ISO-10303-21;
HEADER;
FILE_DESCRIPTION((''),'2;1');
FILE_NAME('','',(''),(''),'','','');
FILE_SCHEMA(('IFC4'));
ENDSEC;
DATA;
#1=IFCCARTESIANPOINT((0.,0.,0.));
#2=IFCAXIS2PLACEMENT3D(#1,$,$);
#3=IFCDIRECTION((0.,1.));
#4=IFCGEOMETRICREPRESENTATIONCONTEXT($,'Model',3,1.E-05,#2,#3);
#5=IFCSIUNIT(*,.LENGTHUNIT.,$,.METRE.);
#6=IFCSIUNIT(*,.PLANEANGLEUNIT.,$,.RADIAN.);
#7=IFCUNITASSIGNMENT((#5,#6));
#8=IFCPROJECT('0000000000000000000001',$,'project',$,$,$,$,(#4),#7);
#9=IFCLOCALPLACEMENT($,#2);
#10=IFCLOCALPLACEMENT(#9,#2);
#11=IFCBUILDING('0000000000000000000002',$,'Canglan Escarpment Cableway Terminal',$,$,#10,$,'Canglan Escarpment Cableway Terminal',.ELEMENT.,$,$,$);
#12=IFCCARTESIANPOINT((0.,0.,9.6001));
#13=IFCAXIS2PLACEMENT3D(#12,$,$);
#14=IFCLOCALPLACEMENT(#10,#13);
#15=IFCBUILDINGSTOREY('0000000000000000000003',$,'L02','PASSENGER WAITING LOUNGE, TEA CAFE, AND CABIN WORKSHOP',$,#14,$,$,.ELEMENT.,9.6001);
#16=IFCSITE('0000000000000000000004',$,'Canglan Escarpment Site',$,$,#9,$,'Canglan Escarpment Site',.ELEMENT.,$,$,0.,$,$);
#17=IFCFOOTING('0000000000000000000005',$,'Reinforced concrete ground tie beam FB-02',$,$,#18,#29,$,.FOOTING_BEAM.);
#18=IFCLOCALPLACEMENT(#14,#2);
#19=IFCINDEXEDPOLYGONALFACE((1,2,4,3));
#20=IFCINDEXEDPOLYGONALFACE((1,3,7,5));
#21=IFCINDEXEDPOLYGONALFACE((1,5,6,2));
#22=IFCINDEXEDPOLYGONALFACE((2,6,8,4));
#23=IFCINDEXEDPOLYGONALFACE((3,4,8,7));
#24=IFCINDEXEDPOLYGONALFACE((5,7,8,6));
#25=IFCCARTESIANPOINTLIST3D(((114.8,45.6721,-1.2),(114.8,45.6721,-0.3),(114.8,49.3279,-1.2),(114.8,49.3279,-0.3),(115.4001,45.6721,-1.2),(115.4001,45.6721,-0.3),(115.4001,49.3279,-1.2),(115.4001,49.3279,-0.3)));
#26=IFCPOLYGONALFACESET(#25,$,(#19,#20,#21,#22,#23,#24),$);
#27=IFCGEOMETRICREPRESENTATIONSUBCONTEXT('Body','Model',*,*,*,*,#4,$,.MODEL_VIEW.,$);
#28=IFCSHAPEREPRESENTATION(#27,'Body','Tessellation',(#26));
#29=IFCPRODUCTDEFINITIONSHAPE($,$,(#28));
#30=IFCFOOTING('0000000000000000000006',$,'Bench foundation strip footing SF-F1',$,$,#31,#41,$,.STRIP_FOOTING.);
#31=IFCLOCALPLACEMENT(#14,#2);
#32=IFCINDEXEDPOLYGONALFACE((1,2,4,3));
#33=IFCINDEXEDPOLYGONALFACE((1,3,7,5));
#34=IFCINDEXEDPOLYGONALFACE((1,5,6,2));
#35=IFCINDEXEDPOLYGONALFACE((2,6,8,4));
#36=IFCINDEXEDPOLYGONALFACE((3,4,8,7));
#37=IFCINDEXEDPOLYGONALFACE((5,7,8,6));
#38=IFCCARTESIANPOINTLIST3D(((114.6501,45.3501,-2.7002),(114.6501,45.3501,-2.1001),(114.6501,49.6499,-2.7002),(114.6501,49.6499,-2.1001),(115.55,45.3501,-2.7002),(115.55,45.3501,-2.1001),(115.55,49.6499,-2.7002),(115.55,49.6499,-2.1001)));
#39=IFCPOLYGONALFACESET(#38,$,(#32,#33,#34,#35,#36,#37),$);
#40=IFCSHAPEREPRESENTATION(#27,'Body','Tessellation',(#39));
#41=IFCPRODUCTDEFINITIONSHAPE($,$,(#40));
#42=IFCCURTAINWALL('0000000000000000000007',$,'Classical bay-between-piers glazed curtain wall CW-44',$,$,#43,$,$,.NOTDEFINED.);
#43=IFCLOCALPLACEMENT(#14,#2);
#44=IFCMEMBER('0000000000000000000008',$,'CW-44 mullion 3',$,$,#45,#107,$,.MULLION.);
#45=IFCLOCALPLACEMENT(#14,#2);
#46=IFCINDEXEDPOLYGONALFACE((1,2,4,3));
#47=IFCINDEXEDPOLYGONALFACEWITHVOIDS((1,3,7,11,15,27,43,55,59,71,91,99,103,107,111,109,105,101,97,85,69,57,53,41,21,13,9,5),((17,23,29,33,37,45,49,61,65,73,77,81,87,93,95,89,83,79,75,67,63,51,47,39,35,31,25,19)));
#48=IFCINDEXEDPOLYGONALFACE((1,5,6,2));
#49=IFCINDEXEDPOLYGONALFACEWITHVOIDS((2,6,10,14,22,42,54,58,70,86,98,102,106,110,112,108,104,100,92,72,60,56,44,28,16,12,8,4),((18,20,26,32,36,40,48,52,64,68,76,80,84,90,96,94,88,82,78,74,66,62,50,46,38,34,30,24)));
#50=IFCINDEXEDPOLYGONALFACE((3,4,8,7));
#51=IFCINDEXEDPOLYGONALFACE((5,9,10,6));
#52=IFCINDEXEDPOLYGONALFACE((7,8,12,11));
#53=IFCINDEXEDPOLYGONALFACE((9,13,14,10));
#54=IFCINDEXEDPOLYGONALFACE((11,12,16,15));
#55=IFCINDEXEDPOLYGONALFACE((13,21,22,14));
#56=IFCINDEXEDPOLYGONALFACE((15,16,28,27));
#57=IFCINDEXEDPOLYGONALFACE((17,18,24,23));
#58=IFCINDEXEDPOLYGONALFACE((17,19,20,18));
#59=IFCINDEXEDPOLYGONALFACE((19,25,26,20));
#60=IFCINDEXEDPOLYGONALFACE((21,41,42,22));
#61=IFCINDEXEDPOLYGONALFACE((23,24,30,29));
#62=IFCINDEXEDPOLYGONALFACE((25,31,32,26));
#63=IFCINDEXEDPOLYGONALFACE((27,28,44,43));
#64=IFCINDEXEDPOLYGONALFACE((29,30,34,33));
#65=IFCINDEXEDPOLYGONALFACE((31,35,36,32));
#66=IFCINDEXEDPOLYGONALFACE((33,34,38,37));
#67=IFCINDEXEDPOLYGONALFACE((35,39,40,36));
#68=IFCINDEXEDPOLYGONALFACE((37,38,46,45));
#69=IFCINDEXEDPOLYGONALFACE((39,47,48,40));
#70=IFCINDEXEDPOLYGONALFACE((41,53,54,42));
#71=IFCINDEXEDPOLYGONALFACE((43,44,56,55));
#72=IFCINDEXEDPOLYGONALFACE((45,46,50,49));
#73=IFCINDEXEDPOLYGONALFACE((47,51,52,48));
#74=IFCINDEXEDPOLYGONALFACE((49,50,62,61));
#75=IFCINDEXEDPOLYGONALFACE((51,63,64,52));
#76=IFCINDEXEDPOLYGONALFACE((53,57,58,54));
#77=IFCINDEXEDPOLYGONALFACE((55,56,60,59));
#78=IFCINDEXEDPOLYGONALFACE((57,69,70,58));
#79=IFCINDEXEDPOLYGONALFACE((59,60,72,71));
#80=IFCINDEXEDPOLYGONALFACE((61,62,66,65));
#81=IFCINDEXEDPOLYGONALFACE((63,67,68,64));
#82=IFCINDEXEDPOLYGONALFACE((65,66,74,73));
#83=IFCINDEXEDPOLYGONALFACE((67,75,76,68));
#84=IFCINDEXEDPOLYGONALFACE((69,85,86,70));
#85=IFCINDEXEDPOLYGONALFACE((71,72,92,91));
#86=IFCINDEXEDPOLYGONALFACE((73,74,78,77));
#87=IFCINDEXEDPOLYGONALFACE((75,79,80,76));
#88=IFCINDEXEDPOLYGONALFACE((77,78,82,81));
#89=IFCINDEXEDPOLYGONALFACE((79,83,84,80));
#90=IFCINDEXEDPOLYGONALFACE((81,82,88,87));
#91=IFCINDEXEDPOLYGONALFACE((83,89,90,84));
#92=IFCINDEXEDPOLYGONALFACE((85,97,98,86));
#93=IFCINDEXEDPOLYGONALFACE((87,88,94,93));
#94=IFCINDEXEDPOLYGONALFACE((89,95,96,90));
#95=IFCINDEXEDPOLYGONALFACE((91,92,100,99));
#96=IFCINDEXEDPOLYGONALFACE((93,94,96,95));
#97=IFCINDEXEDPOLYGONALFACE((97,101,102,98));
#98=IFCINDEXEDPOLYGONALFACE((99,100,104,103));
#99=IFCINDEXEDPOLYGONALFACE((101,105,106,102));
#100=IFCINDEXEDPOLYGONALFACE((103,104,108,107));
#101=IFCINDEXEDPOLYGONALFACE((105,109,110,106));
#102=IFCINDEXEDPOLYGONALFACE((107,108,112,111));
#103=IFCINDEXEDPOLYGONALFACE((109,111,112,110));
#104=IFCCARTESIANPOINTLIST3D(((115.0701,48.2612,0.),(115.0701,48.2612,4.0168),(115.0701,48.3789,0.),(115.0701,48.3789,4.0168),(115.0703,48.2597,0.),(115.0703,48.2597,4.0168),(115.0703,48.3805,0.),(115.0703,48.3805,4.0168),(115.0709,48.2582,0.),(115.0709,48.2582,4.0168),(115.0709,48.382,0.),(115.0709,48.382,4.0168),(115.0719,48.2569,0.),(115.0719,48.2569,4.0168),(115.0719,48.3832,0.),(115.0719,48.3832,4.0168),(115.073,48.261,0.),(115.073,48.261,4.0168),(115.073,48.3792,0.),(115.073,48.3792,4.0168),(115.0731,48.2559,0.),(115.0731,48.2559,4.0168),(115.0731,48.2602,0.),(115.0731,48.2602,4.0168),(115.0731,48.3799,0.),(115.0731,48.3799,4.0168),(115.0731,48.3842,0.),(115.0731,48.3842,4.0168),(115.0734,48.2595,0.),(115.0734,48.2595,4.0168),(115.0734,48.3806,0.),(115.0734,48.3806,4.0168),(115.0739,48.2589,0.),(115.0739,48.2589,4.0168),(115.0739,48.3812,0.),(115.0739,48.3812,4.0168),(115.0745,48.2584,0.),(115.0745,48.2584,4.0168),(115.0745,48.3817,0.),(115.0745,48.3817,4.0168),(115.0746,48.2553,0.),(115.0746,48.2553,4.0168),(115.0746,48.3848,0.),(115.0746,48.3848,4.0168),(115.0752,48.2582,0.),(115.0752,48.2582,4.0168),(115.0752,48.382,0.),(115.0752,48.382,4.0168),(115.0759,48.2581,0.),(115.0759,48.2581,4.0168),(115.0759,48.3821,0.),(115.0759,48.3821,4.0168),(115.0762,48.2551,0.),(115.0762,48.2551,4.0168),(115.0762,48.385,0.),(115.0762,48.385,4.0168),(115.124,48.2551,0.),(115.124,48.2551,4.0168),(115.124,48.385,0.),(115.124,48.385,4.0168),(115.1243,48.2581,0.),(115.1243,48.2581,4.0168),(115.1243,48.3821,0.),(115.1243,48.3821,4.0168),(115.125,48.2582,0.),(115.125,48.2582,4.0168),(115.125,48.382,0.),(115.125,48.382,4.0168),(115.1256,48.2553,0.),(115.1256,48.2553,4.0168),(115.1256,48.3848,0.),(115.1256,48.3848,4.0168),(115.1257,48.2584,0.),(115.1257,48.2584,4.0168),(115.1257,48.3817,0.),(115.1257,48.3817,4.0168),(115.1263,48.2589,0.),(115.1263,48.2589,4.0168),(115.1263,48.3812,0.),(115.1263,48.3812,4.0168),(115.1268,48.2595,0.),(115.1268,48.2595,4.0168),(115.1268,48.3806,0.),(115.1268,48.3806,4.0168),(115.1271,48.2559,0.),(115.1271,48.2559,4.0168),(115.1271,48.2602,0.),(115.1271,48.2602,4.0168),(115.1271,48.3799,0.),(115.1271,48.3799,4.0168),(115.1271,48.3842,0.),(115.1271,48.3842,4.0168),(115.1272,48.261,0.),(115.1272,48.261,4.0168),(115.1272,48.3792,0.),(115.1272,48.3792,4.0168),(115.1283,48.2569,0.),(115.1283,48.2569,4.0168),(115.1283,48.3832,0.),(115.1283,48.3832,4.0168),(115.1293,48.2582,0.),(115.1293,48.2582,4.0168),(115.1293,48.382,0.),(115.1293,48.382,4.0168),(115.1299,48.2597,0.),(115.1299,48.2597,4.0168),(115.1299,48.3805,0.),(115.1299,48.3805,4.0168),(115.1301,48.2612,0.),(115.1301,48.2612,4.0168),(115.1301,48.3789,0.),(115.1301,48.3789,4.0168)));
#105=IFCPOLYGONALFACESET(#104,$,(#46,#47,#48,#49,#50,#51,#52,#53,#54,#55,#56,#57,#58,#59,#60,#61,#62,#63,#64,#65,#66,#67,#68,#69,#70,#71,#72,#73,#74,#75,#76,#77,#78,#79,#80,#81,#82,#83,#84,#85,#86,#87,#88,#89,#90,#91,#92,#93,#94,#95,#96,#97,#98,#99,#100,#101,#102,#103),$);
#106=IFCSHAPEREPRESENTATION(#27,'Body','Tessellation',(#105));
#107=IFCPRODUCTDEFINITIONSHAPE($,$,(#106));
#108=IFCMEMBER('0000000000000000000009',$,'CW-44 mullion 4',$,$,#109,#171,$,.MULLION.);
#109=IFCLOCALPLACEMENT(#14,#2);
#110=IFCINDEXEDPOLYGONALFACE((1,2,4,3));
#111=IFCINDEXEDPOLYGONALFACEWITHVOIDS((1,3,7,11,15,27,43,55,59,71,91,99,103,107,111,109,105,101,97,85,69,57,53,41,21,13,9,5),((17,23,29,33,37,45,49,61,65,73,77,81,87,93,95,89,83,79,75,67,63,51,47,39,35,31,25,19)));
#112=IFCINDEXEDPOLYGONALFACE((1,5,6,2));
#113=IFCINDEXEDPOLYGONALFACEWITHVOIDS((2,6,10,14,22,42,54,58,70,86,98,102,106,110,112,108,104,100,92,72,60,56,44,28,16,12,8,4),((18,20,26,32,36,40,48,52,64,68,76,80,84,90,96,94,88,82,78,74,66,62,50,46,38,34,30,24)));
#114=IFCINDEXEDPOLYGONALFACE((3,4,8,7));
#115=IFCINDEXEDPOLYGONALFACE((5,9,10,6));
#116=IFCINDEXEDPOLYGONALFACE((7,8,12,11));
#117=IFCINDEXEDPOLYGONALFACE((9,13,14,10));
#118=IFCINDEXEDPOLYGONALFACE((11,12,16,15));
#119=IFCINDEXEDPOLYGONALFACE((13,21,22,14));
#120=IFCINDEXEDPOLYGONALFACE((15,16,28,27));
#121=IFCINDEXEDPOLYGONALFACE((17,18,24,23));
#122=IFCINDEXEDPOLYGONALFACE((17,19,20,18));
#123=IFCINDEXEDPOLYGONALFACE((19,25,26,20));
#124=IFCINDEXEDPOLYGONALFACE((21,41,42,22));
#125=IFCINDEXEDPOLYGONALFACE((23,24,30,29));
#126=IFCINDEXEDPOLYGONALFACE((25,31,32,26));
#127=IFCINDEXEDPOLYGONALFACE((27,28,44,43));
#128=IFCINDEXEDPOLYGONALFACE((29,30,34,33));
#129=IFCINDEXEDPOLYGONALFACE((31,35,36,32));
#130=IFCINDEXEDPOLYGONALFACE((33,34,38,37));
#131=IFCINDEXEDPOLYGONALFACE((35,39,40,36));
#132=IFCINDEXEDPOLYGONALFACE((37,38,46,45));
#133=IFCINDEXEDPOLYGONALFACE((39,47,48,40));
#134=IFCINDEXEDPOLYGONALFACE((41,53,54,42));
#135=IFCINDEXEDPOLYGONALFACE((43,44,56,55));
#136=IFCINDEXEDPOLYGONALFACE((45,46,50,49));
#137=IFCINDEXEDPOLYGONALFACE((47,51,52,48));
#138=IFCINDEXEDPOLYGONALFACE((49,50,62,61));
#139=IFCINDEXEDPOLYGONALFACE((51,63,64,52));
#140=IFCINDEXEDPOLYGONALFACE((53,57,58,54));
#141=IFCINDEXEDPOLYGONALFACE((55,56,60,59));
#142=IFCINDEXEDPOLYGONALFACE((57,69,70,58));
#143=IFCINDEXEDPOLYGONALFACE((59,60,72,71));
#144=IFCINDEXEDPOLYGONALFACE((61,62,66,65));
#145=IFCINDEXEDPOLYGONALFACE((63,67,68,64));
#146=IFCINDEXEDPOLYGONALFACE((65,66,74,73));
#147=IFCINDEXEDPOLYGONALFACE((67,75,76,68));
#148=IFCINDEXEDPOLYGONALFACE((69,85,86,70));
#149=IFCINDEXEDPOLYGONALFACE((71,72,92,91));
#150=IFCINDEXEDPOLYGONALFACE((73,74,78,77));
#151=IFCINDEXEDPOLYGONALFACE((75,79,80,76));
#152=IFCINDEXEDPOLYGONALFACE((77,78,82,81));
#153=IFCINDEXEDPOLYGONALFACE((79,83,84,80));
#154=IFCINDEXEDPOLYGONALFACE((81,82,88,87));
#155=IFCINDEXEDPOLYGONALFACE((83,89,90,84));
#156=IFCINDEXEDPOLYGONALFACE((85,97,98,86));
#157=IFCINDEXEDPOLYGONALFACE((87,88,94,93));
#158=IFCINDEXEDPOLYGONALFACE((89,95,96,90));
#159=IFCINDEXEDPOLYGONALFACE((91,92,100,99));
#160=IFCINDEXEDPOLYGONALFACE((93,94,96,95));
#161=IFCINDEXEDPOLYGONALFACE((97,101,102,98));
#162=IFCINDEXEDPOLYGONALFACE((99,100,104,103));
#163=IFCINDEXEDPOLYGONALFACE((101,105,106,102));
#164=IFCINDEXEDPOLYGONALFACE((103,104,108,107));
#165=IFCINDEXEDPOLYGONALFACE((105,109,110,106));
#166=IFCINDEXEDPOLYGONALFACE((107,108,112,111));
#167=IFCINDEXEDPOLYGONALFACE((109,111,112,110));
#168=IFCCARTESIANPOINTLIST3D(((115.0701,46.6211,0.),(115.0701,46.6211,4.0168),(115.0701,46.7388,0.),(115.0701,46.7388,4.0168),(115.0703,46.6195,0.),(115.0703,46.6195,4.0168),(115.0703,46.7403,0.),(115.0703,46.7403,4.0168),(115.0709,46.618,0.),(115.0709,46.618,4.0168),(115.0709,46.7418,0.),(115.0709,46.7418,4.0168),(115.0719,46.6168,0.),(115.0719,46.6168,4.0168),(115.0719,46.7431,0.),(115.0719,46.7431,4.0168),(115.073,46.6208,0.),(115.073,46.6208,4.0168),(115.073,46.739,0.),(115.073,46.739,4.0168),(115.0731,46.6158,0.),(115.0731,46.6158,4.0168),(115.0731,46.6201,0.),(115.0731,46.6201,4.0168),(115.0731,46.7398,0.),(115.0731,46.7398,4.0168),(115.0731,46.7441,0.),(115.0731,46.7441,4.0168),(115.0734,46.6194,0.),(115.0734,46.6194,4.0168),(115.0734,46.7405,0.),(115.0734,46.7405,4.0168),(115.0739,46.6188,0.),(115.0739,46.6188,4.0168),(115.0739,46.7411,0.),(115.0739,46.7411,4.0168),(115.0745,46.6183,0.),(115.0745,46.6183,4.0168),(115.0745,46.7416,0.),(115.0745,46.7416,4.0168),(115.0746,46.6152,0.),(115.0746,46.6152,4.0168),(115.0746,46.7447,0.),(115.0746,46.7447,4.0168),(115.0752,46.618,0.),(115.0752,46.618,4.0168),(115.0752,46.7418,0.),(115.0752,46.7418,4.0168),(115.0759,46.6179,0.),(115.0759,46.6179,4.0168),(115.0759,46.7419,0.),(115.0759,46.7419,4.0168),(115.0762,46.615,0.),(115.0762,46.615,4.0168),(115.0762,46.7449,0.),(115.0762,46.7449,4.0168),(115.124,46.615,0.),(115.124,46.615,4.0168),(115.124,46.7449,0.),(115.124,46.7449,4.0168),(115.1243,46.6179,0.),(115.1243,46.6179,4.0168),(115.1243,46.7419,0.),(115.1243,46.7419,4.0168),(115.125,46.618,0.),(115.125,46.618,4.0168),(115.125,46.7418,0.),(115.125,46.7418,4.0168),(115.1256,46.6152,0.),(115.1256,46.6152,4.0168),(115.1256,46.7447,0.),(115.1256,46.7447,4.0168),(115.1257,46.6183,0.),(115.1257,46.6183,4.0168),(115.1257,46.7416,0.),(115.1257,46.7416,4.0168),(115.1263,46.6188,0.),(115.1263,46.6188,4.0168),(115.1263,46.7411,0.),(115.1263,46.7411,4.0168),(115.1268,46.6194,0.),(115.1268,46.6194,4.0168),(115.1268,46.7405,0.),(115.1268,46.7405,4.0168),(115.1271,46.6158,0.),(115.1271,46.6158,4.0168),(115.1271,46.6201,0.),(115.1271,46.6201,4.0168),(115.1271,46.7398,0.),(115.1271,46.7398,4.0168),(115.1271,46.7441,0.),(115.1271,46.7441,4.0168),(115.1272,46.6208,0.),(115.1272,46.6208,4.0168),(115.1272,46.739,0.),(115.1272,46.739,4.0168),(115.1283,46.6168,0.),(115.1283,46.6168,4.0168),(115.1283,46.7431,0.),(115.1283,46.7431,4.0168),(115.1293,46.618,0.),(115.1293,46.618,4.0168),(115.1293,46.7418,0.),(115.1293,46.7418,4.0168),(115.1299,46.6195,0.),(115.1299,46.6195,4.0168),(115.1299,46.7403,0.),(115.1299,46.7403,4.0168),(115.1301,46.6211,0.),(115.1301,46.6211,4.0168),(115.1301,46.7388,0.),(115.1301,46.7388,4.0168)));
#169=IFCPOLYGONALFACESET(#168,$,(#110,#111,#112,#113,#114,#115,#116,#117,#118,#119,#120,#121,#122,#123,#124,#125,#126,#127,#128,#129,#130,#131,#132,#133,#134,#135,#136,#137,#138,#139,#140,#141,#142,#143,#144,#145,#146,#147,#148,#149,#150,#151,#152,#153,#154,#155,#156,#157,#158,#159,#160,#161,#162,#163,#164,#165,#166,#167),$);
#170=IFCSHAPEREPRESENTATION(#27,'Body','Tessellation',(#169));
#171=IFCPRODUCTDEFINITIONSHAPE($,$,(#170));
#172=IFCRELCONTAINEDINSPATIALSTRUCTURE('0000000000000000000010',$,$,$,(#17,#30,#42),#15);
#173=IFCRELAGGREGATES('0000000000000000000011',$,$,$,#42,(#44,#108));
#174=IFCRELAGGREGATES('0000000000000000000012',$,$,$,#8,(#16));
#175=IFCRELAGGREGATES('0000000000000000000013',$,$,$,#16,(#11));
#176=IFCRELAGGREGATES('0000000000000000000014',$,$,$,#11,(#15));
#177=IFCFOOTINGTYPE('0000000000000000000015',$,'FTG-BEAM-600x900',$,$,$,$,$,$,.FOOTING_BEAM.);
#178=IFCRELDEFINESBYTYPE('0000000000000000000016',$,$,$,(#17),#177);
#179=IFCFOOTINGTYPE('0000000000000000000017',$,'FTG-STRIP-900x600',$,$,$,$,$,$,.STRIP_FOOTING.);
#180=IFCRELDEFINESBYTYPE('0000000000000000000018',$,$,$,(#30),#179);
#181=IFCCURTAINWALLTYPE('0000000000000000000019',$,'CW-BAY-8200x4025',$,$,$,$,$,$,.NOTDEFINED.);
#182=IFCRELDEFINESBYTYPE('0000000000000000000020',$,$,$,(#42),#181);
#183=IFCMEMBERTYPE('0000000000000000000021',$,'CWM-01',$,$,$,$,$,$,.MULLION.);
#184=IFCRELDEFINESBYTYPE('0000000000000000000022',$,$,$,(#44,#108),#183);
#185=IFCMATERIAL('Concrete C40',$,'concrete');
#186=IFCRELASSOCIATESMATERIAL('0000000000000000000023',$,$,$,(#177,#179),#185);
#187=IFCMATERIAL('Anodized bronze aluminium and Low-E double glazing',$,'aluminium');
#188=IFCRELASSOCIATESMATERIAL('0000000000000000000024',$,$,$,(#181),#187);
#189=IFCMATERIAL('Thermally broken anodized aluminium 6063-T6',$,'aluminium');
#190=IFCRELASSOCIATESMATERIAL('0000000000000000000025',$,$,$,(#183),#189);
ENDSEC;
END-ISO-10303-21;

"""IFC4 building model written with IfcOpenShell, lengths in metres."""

from ifc_helpers import new_model, si_unit, direction, frame, origin, origin_2d, place, context, subcontext, project, spatial, rectangle, hollow_rectangle, extrude, material, material_profile, profile_set, type_object, element, aggregate, save


model = new_model("IFC4")

# Units and contexts
model_context = context("Model", 3, precision=1e-05, world=origin(), true_north=direction((0.0, 1.0)))
body_context = subcontext(model_context, "Body", "Model", "MODEL_VIEW")
ifc_project = project(units=[si_unit("LENGTHUNIT", "METRE"), si_unit("PLANEANGLEUNIT", "RADIAN")], contexts=[model_context])

# Site, building, storey
site_placement = place(None, origin())
site = spatial("IfcSite", under=ifc_project, at=site_placement, Name="Canglan Escarpment Site", LongName="Canglan Escarpment Site", CompositionType="ELEMENT", RefElevation=0.0)
building_placement = place(site_placement, origin())
building = spatial("IfcBuilding", under=site, at=building_placement, Name="Canglan Escarpment Cableway Terminal", LongName="Canglan Escarpment Cableway Terminal", CompositionType="ELEMENT")
storey_placement = place(building_placement, frame((0.0, 0.0, 9.6001)))
storey = spatial("IfcBuildingStorey", under=building, at=storey_placement, Name="L02", Description="PASSENGER WAITING LOUNGE, TEA CAFE, AND CABIN WORKSHOP", CompositionType="ELEMENT", Elevation=9.6001)

# Footings
ifc_material_1 = material(Name="Concrete C40", Category="concrete")
ifc_material_profile_1 = material_profile(ifc_material_1, rectangle(XDim=0.6001, YDim=0.8999, at=origin_2d()), Name="FB 600x900")
ifc_profile_set_1 = profile_set([ifc_material_profile_1], Name="Concrete C40")
footing_type_1 = type_object("IfcFootingType", Name="FTG-BEAM-600x900", PredefinedType="FOOTING_BEAM", material=ifc_profile_set_1)
footing_1_placement = place(storey_placement, frame((115.1001, 45.6721, -0.75), z_axis=(0.0, 1.0, 0.0), x_axis=(-1.0, 0.0, 0.0)))
element("IfcFooting", 1, at=footing_1_placement, inside=storey, type_object=footing_type_1, Name="Reinforced concrete ground tie beam FB-02", PredefinedType="FOOTING_BEAM", context=body_context, shape_type="SweptSolid", body=[
    extrude(rectangle(XDim=0.6001, YDim=0.8999, at=origin_2d()), origin(), (0.0, 0.0, 1.0), 3.6558),
])
ifc_material_profile_2 = material_profile(ifc_material_1, rectangle(XDim=0.8999, YDim=0.6001, at=origin_2d()), Name="SF 900x600")
ifc_profile_set_2 = profile_set([ifc_material_profile_2], Name="Concrete C40")
footing_type_2 = type_object("IfcFootingType", Name="FTG-STRIP-900x600", PredefinedType="STRIP_FOOTING", material=ifc_profile_set_2)
footing_2_placement = place(storey_placement, frame((115.1001, 45.3501, -2.4001), z_axis=(0.0, 1.0, 0.0), x_axis=(-1.0, 0.0, 0.0)))
element("IfcFooting", 2, at=footing_2_placement, inside=storey, type_object=footing_type_2, Name="Bench foundation strip footing SF-F1", PredefinedType="STRIP_FOOTING", context=body_context, shape_type="SweptSolid", body=[
    extrude(rectangle(XDim=0.8999, YDim=0.6001, at=origin_2d()), origin(), (0.0, 0.0, 1.0), 4.2998),
])

# Curtain wall, members
ifc_material_2 = material(Name="Anodized bronze aluminium and Low-E double glazing", Category="aluminium")
curtain_wall_type = type_object("IfcCurtainWallType", Name="CW-BAY-8200x4025", PredefinedType="NOTDEFINED", material=ifc_material_2)
curtain_wall_placement = place(storey_placement, origin())
curtain_wall = element("IfcCurtainWall", 3, at=curtain_wall_placement, inside=storey, type_object=curtain_wall_type, Name="Classical bay-between-piers glazed curtain wall CW-44", PredefinedType="NOTDEFINED")
ifc_material_3 = material(Name="Thermally broken anodized aluminium 6063-T6", Category="aluminium")
ifc_material_profile_3 = material_profile(ifc_material_3, hollow_rectangle(XDim=0.0601, YDim=0.1299, WallThickness=0.0029, InnerFilletRadius=0.0029, OuterFilletRadius=0.0061, at=origin_2d()), Name="ALU-MULL 60x130x3")
ifc_profile_set_3 = profile_set([ifc_material_profile_3], Name="Thermally broken anodized aluminium 6063-T6")
member_type_1 = type_object("IfcMemberType", Name="CWM-01", PredefinedType="MULLION", material=ifc_profile_set_3)
member_1_placement = place(storey_placement, frame((115.1001, 48.3201, 0.0), z_axis=(0.0, 0.0, 1.0), x_axis=(1.0, 0.0, 0.0)))
member_1 = element("IfcMember", 4, at=member_1_placement, type_object=member_type_1, Name="CW-44 mullion 3", PredefinedType="MULLION", context=body_context, shape_type="SweptSolid", body=[
    extrude(hollow_rectangle(XDim=0.0601, YDim=0.1299, WallThickness=0.0029, InnerFilletRadius=0.0029, OuterFilletRadius=0.0061, at=origin_2d()), origin(), (0.0, 0.0, 1.0), 4.0168),
])
member_2_placement = place(storey_placement, frame((115.1001, 46.6799, 0.0), z_axis=(0.0, 0.0, 1.0), x_axis=(1.0, 0.0, 0.0)))
member_2 = element("IfcMember", 5, at=member_2_placement, type_object=member_type_1, Name="CW-44 mullion 4", PredefinedType="MULLION", context=body_context, shape_type="SweptSolid", body=[
    extrude(hollow_rectangle(XDim=0.0601, YDim=0.1299, WallThickness=0.0029, InnerFilletRadius=0.0029, OuterFilletRadius=0.0061, at=origin_2d()), origin(), (0.0, 0.0, 1.0), 4.0168),
])
aggregate(curtain_wall, [member_1, member_2])

save(model, "model.ifc")
